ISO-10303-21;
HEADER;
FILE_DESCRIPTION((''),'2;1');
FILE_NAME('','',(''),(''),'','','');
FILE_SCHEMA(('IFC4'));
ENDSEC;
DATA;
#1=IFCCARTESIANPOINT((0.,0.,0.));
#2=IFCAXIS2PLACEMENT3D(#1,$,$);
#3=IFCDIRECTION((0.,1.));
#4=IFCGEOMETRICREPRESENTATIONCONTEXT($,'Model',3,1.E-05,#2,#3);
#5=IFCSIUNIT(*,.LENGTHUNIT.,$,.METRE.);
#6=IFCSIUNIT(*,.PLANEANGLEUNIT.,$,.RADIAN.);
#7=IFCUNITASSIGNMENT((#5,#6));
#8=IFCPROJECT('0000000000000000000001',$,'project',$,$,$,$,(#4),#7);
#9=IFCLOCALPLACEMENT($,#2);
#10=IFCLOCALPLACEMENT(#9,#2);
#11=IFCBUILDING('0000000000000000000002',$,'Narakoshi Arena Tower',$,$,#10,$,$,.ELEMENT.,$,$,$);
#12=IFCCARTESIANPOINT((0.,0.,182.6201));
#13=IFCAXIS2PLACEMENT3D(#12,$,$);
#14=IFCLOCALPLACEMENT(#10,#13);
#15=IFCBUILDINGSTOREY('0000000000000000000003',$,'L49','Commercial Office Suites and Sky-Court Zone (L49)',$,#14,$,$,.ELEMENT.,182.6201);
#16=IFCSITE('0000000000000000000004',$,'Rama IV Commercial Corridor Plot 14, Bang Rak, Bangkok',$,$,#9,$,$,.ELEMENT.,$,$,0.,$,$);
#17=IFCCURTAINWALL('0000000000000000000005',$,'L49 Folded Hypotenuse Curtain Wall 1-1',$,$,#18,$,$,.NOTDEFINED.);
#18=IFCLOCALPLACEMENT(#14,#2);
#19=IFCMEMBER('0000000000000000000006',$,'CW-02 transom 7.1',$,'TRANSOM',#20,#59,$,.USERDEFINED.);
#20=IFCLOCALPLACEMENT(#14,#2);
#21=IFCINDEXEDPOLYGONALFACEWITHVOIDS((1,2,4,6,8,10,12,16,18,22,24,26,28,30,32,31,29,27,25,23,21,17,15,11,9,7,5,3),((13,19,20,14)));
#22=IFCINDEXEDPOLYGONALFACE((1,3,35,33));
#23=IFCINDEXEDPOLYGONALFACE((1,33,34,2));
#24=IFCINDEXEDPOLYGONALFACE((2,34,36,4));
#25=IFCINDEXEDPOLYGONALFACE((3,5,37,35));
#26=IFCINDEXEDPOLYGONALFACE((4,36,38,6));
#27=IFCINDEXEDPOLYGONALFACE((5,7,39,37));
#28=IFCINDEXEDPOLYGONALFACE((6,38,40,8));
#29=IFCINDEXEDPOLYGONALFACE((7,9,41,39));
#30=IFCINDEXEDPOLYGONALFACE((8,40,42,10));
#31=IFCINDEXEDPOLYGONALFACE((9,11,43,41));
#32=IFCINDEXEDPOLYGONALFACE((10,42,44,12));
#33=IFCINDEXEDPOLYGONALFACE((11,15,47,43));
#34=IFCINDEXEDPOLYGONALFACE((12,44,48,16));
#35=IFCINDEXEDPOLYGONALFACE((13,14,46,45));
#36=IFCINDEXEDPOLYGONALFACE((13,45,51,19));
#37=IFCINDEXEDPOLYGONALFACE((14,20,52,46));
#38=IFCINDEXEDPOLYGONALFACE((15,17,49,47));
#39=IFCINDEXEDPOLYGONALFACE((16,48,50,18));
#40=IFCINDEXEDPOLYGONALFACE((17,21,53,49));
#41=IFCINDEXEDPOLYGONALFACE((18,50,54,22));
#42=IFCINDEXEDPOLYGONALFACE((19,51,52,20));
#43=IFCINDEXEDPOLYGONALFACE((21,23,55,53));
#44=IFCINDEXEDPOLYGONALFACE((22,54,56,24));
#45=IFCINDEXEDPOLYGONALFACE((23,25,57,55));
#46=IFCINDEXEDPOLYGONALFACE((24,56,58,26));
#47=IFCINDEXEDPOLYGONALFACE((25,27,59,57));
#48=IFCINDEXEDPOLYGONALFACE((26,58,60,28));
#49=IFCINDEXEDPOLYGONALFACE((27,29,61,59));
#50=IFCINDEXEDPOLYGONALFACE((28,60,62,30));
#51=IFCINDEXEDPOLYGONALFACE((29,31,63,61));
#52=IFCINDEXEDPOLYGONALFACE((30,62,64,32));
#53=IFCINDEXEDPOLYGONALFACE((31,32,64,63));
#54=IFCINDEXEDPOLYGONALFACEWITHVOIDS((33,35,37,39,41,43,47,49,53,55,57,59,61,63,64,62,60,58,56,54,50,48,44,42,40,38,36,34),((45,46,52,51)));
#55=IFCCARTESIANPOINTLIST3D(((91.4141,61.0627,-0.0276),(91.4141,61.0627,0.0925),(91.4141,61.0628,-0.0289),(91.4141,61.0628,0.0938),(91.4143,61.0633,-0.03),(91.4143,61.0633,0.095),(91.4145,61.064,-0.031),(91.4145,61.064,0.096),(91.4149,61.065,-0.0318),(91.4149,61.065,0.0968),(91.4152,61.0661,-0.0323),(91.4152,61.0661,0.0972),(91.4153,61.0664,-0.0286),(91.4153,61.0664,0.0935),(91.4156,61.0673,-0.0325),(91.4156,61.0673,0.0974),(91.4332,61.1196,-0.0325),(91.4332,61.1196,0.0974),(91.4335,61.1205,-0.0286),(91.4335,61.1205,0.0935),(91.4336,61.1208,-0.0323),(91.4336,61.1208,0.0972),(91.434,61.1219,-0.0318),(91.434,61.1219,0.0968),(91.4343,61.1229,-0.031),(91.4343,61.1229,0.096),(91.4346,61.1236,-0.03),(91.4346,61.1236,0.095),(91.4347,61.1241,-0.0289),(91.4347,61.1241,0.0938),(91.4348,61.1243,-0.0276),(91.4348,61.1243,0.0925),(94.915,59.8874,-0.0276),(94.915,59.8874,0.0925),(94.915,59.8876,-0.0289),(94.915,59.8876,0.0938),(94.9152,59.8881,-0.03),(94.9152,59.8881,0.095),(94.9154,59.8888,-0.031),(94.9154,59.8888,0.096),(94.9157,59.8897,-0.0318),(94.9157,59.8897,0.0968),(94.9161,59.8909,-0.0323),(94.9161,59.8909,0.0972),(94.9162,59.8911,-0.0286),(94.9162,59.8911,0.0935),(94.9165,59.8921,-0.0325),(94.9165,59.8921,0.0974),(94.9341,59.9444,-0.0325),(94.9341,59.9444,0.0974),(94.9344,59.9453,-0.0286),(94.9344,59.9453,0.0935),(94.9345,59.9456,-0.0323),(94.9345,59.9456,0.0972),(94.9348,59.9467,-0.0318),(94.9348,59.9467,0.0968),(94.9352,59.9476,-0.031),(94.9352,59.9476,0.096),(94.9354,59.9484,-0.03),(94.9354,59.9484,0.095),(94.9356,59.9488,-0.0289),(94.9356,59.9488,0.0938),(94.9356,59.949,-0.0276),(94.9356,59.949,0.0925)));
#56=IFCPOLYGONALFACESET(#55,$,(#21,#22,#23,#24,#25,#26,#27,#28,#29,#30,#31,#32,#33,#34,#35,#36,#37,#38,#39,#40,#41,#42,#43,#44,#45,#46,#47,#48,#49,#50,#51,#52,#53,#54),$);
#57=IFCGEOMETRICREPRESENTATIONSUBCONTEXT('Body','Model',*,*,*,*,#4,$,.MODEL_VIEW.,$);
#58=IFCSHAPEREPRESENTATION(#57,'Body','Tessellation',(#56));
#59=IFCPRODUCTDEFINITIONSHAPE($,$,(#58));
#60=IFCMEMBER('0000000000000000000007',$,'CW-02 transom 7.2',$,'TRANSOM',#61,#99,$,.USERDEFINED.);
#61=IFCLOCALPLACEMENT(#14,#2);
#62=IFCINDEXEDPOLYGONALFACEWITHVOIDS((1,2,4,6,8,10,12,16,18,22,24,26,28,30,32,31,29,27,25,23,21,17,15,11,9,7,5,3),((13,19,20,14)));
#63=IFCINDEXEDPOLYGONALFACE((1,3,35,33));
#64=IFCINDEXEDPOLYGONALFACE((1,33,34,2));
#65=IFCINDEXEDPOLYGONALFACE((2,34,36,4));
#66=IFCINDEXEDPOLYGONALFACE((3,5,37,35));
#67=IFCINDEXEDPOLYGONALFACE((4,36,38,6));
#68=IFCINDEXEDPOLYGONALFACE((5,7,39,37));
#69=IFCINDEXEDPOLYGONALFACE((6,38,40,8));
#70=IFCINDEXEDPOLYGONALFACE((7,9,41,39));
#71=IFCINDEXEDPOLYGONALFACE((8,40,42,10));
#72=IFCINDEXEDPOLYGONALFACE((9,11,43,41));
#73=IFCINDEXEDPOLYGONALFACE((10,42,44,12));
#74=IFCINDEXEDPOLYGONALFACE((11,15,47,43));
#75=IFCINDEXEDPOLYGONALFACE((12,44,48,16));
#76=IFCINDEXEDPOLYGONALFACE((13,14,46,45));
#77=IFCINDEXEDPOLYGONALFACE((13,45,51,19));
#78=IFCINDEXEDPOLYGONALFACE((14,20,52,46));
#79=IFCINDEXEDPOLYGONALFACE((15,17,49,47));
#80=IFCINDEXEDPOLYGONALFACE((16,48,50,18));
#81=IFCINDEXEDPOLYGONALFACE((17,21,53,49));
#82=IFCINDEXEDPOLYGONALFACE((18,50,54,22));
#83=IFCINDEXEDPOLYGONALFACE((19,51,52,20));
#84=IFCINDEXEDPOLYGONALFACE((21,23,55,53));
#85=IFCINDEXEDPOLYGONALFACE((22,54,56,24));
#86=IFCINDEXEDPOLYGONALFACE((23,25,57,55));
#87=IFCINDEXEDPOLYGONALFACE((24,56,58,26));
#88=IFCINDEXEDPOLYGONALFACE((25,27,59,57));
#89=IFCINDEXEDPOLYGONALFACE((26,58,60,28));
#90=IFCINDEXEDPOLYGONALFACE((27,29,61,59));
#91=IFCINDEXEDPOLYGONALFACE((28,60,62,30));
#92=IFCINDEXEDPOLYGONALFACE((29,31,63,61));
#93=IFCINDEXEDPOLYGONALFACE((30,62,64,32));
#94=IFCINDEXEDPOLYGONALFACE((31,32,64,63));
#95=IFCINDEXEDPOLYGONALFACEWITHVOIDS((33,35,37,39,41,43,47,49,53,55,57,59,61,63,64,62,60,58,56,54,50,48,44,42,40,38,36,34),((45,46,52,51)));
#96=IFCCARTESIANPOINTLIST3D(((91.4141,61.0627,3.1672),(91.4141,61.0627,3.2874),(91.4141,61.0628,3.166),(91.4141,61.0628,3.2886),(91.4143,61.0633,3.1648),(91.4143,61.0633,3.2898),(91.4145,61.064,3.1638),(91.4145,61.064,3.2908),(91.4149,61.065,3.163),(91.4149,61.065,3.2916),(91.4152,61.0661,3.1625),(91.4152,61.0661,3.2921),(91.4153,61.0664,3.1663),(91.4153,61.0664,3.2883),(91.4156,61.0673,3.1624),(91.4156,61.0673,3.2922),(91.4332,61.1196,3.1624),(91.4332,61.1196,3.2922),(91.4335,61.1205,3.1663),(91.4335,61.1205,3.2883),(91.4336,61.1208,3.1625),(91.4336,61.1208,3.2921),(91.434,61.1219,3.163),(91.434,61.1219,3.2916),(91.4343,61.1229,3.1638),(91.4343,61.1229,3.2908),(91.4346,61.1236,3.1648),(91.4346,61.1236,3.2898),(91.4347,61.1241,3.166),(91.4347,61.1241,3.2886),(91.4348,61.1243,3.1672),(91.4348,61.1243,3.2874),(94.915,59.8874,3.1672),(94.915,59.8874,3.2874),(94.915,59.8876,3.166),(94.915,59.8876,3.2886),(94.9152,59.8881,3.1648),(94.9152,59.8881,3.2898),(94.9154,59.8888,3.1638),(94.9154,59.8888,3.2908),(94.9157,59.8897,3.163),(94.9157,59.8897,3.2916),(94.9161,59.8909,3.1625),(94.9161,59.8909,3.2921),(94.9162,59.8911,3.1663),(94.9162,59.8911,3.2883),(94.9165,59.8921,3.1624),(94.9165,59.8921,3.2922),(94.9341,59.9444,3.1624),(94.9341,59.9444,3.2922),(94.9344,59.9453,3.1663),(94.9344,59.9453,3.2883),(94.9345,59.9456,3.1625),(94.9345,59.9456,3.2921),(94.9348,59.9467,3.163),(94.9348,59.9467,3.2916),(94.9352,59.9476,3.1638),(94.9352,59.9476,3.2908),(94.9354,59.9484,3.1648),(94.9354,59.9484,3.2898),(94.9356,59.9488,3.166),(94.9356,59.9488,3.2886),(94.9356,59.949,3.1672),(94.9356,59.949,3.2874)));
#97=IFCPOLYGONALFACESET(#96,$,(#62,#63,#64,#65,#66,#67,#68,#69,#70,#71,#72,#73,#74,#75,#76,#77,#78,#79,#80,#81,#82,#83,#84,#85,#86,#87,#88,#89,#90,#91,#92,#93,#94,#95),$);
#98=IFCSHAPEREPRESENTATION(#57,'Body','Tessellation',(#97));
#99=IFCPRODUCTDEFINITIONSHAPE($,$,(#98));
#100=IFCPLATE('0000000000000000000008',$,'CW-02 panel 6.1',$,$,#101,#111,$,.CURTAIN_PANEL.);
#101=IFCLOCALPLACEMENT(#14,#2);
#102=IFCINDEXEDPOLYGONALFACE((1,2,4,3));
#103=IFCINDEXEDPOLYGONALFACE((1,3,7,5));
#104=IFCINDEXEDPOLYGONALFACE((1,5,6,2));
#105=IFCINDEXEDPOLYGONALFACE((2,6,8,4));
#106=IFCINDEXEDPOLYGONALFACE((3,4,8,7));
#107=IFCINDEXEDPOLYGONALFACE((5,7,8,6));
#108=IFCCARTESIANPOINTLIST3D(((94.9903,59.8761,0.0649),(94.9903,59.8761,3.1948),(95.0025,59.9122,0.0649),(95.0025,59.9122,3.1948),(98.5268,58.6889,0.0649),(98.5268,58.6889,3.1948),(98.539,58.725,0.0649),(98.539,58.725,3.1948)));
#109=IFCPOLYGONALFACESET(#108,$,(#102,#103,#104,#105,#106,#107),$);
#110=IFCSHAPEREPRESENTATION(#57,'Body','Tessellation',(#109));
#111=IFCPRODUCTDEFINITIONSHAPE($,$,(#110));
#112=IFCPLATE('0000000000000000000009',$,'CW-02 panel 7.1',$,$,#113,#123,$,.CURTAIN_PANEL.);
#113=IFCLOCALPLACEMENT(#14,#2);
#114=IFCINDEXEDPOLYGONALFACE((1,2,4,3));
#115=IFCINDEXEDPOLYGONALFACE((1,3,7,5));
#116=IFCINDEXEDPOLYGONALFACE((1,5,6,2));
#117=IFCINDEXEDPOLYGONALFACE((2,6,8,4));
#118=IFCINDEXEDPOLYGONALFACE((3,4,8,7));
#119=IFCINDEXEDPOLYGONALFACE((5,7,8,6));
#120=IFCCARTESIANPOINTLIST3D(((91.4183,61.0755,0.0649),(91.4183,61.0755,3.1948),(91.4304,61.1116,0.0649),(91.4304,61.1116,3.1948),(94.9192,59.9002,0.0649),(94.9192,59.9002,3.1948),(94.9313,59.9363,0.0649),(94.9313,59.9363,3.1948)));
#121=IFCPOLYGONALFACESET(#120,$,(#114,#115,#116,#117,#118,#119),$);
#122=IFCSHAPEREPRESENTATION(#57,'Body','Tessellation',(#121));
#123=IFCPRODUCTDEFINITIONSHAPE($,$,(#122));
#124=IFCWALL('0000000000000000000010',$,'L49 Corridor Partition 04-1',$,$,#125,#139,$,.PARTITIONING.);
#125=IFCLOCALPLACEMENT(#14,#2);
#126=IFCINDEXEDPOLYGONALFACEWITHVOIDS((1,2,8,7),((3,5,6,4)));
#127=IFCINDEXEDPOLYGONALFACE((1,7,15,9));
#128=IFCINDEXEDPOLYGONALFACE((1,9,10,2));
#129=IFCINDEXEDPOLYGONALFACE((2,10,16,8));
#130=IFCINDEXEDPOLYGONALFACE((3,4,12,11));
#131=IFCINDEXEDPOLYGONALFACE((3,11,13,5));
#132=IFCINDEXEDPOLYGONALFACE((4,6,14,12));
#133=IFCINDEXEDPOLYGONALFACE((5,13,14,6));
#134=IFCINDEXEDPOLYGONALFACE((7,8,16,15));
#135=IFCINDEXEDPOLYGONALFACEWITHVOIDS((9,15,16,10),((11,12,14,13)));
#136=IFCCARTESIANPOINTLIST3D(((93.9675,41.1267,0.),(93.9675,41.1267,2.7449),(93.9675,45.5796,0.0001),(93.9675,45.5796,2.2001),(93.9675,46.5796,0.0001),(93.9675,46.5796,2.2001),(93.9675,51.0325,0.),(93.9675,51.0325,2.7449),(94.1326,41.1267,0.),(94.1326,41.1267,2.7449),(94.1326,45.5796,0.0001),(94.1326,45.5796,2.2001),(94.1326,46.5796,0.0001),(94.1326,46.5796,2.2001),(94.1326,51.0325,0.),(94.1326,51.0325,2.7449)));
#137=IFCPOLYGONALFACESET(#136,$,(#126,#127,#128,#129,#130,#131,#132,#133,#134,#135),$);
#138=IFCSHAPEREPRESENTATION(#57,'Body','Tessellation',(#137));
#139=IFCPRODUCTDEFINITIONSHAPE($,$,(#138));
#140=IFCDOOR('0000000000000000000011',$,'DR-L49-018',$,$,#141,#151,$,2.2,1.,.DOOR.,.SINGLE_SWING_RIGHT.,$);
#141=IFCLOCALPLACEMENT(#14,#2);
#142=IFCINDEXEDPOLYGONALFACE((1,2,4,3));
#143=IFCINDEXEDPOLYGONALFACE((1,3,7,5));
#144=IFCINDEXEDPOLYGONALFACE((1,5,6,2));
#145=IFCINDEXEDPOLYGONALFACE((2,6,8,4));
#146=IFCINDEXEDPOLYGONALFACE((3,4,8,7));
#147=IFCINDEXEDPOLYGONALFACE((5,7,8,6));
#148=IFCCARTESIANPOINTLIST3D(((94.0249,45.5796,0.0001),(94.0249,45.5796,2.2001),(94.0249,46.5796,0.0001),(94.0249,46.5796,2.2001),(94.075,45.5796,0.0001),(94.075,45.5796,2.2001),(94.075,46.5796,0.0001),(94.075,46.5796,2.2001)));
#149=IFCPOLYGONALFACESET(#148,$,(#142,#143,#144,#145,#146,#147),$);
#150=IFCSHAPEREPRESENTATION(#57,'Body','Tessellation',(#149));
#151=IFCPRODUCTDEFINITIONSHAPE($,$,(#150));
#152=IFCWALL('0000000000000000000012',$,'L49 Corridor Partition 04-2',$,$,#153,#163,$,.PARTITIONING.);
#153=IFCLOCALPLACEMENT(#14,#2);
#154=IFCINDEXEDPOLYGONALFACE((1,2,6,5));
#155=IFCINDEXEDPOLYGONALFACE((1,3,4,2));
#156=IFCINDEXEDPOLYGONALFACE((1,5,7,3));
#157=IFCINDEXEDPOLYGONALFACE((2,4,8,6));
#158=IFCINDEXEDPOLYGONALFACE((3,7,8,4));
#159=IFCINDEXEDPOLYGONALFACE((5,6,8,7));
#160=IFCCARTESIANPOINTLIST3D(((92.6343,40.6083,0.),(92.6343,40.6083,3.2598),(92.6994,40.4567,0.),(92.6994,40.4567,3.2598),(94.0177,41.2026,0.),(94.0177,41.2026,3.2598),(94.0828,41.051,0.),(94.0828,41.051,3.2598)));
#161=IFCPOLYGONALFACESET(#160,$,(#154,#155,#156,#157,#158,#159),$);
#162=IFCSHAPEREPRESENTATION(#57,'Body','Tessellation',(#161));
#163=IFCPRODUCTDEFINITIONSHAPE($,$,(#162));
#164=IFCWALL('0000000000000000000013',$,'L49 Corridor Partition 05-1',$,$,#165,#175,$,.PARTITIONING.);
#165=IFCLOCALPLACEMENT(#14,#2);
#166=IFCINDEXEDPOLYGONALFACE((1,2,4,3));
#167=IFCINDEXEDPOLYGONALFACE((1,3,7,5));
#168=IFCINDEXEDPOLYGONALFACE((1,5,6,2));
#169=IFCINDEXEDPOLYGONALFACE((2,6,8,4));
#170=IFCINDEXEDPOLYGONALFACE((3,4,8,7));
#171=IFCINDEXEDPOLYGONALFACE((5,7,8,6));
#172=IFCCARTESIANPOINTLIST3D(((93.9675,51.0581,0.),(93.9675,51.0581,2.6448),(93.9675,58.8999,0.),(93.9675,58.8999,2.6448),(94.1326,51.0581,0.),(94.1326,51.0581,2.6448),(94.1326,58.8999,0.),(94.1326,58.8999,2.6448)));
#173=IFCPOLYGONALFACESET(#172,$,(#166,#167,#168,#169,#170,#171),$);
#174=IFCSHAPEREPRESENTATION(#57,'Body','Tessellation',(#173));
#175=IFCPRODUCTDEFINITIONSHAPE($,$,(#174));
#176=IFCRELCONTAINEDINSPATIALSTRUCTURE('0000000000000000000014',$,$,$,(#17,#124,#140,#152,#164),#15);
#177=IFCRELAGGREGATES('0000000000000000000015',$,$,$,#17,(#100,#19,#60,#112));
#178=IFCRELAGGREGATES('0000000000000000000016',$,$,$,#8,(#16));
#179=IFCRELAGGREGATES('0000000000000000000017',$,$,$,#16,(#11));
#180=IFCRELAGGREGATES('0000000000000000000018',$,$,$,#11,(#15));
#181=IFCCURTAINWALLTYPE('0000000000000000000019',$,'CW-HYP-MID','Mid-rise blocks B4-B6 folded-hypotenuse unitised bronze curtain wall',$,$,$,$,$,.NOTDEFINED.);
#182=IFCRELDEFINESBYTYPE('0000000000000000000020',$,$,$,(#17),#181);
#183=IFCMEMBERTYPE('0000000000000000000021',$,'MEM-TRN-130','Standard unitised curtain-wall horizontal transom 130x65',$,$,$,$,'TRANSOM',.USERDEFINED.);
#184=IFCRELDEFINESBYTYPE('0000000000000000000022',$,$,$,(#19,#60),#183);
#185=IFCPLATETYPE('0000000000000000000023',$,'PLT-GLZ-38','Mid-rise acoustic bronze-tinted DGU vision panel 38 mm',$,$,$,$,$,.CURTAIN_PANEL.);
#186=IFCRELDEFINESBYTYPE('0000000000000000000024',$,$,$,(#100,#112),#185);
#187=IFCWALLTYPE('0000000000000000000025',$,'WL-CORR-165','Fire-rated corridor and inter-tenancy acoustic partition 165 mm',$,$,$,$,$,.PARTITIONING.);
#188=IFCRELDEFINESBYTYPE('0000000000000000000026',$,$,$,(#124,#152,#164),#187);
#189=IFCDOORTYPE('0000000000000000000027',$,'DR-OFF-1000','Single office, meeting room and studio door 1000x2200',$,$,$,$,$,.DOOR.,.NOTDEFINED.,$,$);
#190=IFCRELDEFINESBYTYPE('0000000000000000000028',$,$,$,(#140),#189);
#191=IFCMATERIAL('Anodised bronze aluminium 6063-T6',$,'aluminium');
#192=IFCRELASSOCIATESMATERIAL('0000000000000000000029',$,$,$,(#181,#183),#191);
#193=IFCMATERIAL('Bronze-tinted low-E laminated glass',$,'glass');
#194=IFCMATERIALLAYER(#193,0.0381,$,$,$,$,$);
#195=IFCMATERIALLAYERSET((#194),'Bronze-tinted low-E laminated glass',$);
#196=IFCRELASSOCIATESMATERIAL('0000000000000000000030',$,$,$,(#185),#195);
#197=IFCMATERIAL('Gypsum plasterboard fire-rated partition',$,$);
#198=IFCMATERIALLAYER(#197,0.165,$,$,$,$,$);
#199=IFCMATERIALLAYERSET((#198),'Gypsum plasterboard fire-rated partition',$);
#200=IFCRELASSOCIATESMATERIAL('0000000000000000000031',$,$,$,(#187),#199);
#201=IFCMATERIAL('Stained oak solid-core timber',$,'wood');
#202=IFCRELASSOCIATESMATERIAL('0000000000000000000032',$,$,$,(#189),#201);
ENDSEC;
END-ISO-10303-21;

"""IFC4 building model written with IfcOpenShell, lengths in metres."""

from ifc_helpers import new_model, si_unit, direction, frame, frame_2d, origin, origin_2d, place, context, subcontext, project, spatial, rectangle, hollow_rectangle, extrude, material, layer, layer_set, material_profile, profile_set, type_object, element, fill, aggregate, save


model = new_model("IFC4")

# Units and contexts
model_context = context("Model", 3, precision=1e-05, world=origin(), true_north=direction((0.0, 1.0)))
body_context = subcontext(model_context, "Body", "Model", "MODEL_VIEW")
ifc_project = project(units=[si_unit("LENGTHUNIT", "METRE"), si_unit("PLANEANGLEUNIT", "RADIAN")], contexts=[model_context])

# Site, building, storey
site_placement = place(None, origin())
site = spatial("IfcSite", under=ifc_project, at=site_placement, Name="Rama IV Commercial Corridor Plot 14, Bang Rak, Bangkok", CompositionType="ELEMENT", RefElevation=0.0)
building_placement = place(site_placement, origin())
building = spatial("IfcBuilding", under=site, at=building_placement, Name="Narakoshi Arena Tower", CompositionType="ELEMENT")
storey_placement = place(building_placement, frame((0.0, 0.0, 182.6201)))
storey = spatial("IfcBuildingStorey", under=building, at=storey_placement, Name="L49", Description="Commercial Office Suites and Sky-Court Zone (L49)", CompositionType="ELEMENT", Elevation=182.6201)

# Curtain wall, members, plates
ifc_material_1 = material(Name="Anodised bronze aluminium 6063-T6", Category="aluminium")
curtain_wall_type = type_object("IfcCurtainWallType", Name="CW-HYP-MID", Description="Mid-rise blocks B4-B6 folded-hypotenuse unitised bronze curtain wall", PredefinedType="NOTDEFINED", material=ifc_material_1)
curtain_wall_placement = place(storey_placement, origin())
curtain_wall = element("IfcCurtainWall", 1, at=curtain_wall_placement, inside=storey, type_object=curtain_wall_type, Name="L49 Folded Hypotenuse Curtain Wall 1-1", PredefinedType="NOTDEFINED")
ifc_material_profile_1 = material_profile(ifc_material_1, hollow_rectangle(XDim=0.0649, YDim=0.1299, WallThickness=0.0039, OuterFilletRadius=0.0049, at=origin_2d()), Name="TRN130x65x4")
ifc_profile_set_1 = profile_set([ifc_material_profile_1], Name="Anodised bronze aluminium 6063-T6")
member_type_1 = type_object("IfcMemberType", Name="MEM-TRN-130", Description="Standard unitised curtain-wall horizontal transom 130x65", ElementType="TRANSOM", PredefinedType="USERDEFINED", material=ifc_profile_set_1)
member_1_placement = place(storey_placement, frame((94.9253, 59.9182, 0.0325), z_axis=(-0.948007, 0.31825, 0.0), x_axis=(-0.31825, -0.948007, 0.0)))
member_1 = element("IfcMember", 2, at=member_1_placement, type_object=member_type_1, Name="CW-02 transom 7.1", ObjectType="TRANSOM", PredefinedType="USERDEFINED", context=body_context, shape_type="SweptSolid", body=[
    extrude(hollow_rectangle(XDim=0.0649, YDim=0.1299, WallThickness=0.0039, OuterFilletRadius=0.0049, at=origin_2d()), origin(), (0.0, 0.0, 1.0), 3.6929),
])
member_2_placement = place(storey_placement, frame((94.9253, 59.9182, 3.2273), z_axis=(-0.948007, 0.31825, 0.0), x_axis=(-0.31825, -0.948007, 0.0)))
member_2 = element("IfcMember", 3, at=member_2_placement, type_object=member_type_1, Name="CW-02 transom 7.2", ObjectType="TRANSOM", PredefinedType="USERDEFINED", context=body_context, shape_type="SweptSolid", body=[
    extrude(hollow_rectangle(XDim=0.0649, YDim=0.1299, WallThickness=0.0039, OuterFilletRadius=0.0049, at=origin_2d()), origin(), (0.0, 0.0, 1.0), 3.6929),
])
ifc_material_2 = material(Name="Bronze-tinted low-E laminated glass", Category="glass")
ifc_layer_1 = layer(ifc_material_2, 0.0381)
ifc_layer_set_1 = layer_set([ifc_layer_1], Name="Bronze-tinted low-E laminated glass")
plate_type = type_object("IfcPlateType", Name="PLT-GLZ-38", Description="Mid-rise acoustic bronze-tinted DGU vision panel 38 mm", PredefinedType="CURTAIN_PANEL", material=ifc_layer_set_1)
plate_1_placement = place(storey_placement, frame((96.7646, 59.3005, 0.0649), z_axis=(0.0, 0.0, 1.0), x_axis=(-0.948003, 0.318261, 0.0)))
plate_1 = element("IfcPlate", 4, at=plate_1_placement, type_object=plate_type, Name="CW-02 panel 6.1", PredefinedType="CURTAIN_PANEL", context=body_context, shape_type="SweptSolid", body=[
    extrude(rectangle(XDim=3.7305, YDim=0.0381, at=origin_2d()), origin(), (0.0, 0.0, 1.0), 3.1299),
])
plate_2_placement = place(storey_placement, frame((93.1748, 60.5059, 0.0649), z_axis=(0.0, 0.0, 1.0), x_axis=(-0.948003, 0.318261, 0.0)))
plate_2 = element("IfcPlate", 5, at=plate_2_placement, type_object=plate_type, Name="CW-02 panel 7.1", PredefinedType="CURTAIN_PANEL", context=body_context, shape_type="SweptSolid", body=[
    extrude(rectangle(XDim=3.6929, YDim=0.0381, at=origin_2d()), origin(), (0.0, 0.0, 1.0), 3.1299),
])
aggregate(curtain_wall, [plate_1, member_1, member_2, plate_2])

# Wall, opening, door
ifc_material_3 = material(Name="Gypsum plasterboard fire-rated partition")
ifc_layer_2 = layer(ifc_material_3, 0.165)
ifc_layer_set_2 = layer_set([ifc_layer_2], Name="Gypsum plasterboard fire-rated partition")
wall_type_1 = type_object("IfcWallType", Name="WL-CORR-165", Description="Fire-rated corridor and inter-tenancy acoustic partition 165 mm", PredefinedType="PARTITIONING", material=ifc_layer_set_2)
wall_1_placement = place(storey_placement, frame((94.05, 41.1267, 0.0), z_axis=(0.0, 0.0, 1.0), x_axis=(0.0, 1.0, 0.0)))
wall_1 = element("IfcWall", 6, at=wall_1_placement, inside=storey, type_object=wall_type_1, Name="L49 Corridor Partition 04-1", PredefinedType="PARTITIONING", context=body_context, shape_type="SweptSolid", body=[
    extrude(rectangle(XDim=9.9058, YDim=0.165, at=frame_2d((4.9529, 0.0))), origin(), (0.0, 0.0, 1.0), 2.7449),
])
opening_1_placement = place(wall_1_placement, frame((4.4529, 0.0, 0.0)))
opening_1 = element("IfcOpeningElement", 7, at=opening_1_placement, cuts=wall_1, PredefinedType="OPENING", context=body_context, shape_type="SweptSolid", body=[
    extrude(rectangle(XDim=1.0, YDim=2.2, at=frame_2d((0.5, 1.1001))), frame((0.0, 0.0925, 0.0), z_axis=(0.0, -1.0, 0.0), x_axis=(1.0, 0.0, 0.0)), (0.0, 0.0, 1.0), 0.1851),
])
ifc_material_4 = material(Name="Stained oak solid-core timber", Category="wood")
door_type_1 = type_object("IfcDoorType", Name="DR-OFF-1000", Description="Single office, meeting room and studio door 1000x2200", OperationType="NOTDEFINED", PredefinedType="DOOR", material=ifc_material_4)
door_1_placement = place(opening_1_placement, frame((1.0, 0.0, 0.0), z_axis=(0.0, 0.0, 1.0), x_axis=(-1.0, 0.0, 0.0)))
door_1 = element("IfcDoor", 8, at=door_1_placement, inside=storey, type_object=door_type_1, Name="DR-L49-018", OperationType="SINGLE_SWING_RIGHT", OverallHeight=2.2, OverallWidth=1.0, PredefinedType="DOOR", context=body_context, shape_type="SweptSolid", body=[
    extrude(rectangle(XDim=1.0, YDim=2.2, at=frame_2d((0.5, 1.1001))), frame((0.0, 0.0249, 0.0), z_axis=(0.0, -1.0, 0.0), x_axis=(1.0, 0.0, 0.0)), (0.0, 0.0, 1.0), 0.05),
])
fill(opening_1, door_1)

# Walls
wall_2_placement = place(storey_placement, frame((92.6667, 40.5325, 0.0), z_axis=(0.0, 0.0, 1.0), x_axis=(0.918809, 0.394702, 0.0)))
element("IfcWall", 9, at=wall_2_placement, inside=storey, type_object=wall_type_1, Name="L49 Corridor Partition 04-2", PredefinedType="PARTITIONING", context=body_context, shape_type="SweptSolid", body=[
    extrude(rectangle(XDim=1.5056, YDim=0.165, at=frame_2d((0.7529, 0.0))), origin(), (0.0, 0.0, 1.0), 3.2598),
])
wall_3_placement = place(storey_placement, frame((94.05, 51.0581, 0.0), z_axis=(0.0, 0.0, 1.0), x_axis=(0.0, 1.0, 0.0)))
element("IfcWall", 10, at=wall_3_placement, inside=storey, type_object=wall_type_1, Name="L49 Corridor Partition 05-1", PredefinedType="PARTITIONING", context=body_context, shape_type="SweptSolid", body=[
    extrude(rectangle(XDim=7.8418, YDim=0.165, at=frame_2d((3.9209, 0.0))), origin(), (0.0, 0.0, 1.0), 2.6448),
])

save(model, "model.ifc")
